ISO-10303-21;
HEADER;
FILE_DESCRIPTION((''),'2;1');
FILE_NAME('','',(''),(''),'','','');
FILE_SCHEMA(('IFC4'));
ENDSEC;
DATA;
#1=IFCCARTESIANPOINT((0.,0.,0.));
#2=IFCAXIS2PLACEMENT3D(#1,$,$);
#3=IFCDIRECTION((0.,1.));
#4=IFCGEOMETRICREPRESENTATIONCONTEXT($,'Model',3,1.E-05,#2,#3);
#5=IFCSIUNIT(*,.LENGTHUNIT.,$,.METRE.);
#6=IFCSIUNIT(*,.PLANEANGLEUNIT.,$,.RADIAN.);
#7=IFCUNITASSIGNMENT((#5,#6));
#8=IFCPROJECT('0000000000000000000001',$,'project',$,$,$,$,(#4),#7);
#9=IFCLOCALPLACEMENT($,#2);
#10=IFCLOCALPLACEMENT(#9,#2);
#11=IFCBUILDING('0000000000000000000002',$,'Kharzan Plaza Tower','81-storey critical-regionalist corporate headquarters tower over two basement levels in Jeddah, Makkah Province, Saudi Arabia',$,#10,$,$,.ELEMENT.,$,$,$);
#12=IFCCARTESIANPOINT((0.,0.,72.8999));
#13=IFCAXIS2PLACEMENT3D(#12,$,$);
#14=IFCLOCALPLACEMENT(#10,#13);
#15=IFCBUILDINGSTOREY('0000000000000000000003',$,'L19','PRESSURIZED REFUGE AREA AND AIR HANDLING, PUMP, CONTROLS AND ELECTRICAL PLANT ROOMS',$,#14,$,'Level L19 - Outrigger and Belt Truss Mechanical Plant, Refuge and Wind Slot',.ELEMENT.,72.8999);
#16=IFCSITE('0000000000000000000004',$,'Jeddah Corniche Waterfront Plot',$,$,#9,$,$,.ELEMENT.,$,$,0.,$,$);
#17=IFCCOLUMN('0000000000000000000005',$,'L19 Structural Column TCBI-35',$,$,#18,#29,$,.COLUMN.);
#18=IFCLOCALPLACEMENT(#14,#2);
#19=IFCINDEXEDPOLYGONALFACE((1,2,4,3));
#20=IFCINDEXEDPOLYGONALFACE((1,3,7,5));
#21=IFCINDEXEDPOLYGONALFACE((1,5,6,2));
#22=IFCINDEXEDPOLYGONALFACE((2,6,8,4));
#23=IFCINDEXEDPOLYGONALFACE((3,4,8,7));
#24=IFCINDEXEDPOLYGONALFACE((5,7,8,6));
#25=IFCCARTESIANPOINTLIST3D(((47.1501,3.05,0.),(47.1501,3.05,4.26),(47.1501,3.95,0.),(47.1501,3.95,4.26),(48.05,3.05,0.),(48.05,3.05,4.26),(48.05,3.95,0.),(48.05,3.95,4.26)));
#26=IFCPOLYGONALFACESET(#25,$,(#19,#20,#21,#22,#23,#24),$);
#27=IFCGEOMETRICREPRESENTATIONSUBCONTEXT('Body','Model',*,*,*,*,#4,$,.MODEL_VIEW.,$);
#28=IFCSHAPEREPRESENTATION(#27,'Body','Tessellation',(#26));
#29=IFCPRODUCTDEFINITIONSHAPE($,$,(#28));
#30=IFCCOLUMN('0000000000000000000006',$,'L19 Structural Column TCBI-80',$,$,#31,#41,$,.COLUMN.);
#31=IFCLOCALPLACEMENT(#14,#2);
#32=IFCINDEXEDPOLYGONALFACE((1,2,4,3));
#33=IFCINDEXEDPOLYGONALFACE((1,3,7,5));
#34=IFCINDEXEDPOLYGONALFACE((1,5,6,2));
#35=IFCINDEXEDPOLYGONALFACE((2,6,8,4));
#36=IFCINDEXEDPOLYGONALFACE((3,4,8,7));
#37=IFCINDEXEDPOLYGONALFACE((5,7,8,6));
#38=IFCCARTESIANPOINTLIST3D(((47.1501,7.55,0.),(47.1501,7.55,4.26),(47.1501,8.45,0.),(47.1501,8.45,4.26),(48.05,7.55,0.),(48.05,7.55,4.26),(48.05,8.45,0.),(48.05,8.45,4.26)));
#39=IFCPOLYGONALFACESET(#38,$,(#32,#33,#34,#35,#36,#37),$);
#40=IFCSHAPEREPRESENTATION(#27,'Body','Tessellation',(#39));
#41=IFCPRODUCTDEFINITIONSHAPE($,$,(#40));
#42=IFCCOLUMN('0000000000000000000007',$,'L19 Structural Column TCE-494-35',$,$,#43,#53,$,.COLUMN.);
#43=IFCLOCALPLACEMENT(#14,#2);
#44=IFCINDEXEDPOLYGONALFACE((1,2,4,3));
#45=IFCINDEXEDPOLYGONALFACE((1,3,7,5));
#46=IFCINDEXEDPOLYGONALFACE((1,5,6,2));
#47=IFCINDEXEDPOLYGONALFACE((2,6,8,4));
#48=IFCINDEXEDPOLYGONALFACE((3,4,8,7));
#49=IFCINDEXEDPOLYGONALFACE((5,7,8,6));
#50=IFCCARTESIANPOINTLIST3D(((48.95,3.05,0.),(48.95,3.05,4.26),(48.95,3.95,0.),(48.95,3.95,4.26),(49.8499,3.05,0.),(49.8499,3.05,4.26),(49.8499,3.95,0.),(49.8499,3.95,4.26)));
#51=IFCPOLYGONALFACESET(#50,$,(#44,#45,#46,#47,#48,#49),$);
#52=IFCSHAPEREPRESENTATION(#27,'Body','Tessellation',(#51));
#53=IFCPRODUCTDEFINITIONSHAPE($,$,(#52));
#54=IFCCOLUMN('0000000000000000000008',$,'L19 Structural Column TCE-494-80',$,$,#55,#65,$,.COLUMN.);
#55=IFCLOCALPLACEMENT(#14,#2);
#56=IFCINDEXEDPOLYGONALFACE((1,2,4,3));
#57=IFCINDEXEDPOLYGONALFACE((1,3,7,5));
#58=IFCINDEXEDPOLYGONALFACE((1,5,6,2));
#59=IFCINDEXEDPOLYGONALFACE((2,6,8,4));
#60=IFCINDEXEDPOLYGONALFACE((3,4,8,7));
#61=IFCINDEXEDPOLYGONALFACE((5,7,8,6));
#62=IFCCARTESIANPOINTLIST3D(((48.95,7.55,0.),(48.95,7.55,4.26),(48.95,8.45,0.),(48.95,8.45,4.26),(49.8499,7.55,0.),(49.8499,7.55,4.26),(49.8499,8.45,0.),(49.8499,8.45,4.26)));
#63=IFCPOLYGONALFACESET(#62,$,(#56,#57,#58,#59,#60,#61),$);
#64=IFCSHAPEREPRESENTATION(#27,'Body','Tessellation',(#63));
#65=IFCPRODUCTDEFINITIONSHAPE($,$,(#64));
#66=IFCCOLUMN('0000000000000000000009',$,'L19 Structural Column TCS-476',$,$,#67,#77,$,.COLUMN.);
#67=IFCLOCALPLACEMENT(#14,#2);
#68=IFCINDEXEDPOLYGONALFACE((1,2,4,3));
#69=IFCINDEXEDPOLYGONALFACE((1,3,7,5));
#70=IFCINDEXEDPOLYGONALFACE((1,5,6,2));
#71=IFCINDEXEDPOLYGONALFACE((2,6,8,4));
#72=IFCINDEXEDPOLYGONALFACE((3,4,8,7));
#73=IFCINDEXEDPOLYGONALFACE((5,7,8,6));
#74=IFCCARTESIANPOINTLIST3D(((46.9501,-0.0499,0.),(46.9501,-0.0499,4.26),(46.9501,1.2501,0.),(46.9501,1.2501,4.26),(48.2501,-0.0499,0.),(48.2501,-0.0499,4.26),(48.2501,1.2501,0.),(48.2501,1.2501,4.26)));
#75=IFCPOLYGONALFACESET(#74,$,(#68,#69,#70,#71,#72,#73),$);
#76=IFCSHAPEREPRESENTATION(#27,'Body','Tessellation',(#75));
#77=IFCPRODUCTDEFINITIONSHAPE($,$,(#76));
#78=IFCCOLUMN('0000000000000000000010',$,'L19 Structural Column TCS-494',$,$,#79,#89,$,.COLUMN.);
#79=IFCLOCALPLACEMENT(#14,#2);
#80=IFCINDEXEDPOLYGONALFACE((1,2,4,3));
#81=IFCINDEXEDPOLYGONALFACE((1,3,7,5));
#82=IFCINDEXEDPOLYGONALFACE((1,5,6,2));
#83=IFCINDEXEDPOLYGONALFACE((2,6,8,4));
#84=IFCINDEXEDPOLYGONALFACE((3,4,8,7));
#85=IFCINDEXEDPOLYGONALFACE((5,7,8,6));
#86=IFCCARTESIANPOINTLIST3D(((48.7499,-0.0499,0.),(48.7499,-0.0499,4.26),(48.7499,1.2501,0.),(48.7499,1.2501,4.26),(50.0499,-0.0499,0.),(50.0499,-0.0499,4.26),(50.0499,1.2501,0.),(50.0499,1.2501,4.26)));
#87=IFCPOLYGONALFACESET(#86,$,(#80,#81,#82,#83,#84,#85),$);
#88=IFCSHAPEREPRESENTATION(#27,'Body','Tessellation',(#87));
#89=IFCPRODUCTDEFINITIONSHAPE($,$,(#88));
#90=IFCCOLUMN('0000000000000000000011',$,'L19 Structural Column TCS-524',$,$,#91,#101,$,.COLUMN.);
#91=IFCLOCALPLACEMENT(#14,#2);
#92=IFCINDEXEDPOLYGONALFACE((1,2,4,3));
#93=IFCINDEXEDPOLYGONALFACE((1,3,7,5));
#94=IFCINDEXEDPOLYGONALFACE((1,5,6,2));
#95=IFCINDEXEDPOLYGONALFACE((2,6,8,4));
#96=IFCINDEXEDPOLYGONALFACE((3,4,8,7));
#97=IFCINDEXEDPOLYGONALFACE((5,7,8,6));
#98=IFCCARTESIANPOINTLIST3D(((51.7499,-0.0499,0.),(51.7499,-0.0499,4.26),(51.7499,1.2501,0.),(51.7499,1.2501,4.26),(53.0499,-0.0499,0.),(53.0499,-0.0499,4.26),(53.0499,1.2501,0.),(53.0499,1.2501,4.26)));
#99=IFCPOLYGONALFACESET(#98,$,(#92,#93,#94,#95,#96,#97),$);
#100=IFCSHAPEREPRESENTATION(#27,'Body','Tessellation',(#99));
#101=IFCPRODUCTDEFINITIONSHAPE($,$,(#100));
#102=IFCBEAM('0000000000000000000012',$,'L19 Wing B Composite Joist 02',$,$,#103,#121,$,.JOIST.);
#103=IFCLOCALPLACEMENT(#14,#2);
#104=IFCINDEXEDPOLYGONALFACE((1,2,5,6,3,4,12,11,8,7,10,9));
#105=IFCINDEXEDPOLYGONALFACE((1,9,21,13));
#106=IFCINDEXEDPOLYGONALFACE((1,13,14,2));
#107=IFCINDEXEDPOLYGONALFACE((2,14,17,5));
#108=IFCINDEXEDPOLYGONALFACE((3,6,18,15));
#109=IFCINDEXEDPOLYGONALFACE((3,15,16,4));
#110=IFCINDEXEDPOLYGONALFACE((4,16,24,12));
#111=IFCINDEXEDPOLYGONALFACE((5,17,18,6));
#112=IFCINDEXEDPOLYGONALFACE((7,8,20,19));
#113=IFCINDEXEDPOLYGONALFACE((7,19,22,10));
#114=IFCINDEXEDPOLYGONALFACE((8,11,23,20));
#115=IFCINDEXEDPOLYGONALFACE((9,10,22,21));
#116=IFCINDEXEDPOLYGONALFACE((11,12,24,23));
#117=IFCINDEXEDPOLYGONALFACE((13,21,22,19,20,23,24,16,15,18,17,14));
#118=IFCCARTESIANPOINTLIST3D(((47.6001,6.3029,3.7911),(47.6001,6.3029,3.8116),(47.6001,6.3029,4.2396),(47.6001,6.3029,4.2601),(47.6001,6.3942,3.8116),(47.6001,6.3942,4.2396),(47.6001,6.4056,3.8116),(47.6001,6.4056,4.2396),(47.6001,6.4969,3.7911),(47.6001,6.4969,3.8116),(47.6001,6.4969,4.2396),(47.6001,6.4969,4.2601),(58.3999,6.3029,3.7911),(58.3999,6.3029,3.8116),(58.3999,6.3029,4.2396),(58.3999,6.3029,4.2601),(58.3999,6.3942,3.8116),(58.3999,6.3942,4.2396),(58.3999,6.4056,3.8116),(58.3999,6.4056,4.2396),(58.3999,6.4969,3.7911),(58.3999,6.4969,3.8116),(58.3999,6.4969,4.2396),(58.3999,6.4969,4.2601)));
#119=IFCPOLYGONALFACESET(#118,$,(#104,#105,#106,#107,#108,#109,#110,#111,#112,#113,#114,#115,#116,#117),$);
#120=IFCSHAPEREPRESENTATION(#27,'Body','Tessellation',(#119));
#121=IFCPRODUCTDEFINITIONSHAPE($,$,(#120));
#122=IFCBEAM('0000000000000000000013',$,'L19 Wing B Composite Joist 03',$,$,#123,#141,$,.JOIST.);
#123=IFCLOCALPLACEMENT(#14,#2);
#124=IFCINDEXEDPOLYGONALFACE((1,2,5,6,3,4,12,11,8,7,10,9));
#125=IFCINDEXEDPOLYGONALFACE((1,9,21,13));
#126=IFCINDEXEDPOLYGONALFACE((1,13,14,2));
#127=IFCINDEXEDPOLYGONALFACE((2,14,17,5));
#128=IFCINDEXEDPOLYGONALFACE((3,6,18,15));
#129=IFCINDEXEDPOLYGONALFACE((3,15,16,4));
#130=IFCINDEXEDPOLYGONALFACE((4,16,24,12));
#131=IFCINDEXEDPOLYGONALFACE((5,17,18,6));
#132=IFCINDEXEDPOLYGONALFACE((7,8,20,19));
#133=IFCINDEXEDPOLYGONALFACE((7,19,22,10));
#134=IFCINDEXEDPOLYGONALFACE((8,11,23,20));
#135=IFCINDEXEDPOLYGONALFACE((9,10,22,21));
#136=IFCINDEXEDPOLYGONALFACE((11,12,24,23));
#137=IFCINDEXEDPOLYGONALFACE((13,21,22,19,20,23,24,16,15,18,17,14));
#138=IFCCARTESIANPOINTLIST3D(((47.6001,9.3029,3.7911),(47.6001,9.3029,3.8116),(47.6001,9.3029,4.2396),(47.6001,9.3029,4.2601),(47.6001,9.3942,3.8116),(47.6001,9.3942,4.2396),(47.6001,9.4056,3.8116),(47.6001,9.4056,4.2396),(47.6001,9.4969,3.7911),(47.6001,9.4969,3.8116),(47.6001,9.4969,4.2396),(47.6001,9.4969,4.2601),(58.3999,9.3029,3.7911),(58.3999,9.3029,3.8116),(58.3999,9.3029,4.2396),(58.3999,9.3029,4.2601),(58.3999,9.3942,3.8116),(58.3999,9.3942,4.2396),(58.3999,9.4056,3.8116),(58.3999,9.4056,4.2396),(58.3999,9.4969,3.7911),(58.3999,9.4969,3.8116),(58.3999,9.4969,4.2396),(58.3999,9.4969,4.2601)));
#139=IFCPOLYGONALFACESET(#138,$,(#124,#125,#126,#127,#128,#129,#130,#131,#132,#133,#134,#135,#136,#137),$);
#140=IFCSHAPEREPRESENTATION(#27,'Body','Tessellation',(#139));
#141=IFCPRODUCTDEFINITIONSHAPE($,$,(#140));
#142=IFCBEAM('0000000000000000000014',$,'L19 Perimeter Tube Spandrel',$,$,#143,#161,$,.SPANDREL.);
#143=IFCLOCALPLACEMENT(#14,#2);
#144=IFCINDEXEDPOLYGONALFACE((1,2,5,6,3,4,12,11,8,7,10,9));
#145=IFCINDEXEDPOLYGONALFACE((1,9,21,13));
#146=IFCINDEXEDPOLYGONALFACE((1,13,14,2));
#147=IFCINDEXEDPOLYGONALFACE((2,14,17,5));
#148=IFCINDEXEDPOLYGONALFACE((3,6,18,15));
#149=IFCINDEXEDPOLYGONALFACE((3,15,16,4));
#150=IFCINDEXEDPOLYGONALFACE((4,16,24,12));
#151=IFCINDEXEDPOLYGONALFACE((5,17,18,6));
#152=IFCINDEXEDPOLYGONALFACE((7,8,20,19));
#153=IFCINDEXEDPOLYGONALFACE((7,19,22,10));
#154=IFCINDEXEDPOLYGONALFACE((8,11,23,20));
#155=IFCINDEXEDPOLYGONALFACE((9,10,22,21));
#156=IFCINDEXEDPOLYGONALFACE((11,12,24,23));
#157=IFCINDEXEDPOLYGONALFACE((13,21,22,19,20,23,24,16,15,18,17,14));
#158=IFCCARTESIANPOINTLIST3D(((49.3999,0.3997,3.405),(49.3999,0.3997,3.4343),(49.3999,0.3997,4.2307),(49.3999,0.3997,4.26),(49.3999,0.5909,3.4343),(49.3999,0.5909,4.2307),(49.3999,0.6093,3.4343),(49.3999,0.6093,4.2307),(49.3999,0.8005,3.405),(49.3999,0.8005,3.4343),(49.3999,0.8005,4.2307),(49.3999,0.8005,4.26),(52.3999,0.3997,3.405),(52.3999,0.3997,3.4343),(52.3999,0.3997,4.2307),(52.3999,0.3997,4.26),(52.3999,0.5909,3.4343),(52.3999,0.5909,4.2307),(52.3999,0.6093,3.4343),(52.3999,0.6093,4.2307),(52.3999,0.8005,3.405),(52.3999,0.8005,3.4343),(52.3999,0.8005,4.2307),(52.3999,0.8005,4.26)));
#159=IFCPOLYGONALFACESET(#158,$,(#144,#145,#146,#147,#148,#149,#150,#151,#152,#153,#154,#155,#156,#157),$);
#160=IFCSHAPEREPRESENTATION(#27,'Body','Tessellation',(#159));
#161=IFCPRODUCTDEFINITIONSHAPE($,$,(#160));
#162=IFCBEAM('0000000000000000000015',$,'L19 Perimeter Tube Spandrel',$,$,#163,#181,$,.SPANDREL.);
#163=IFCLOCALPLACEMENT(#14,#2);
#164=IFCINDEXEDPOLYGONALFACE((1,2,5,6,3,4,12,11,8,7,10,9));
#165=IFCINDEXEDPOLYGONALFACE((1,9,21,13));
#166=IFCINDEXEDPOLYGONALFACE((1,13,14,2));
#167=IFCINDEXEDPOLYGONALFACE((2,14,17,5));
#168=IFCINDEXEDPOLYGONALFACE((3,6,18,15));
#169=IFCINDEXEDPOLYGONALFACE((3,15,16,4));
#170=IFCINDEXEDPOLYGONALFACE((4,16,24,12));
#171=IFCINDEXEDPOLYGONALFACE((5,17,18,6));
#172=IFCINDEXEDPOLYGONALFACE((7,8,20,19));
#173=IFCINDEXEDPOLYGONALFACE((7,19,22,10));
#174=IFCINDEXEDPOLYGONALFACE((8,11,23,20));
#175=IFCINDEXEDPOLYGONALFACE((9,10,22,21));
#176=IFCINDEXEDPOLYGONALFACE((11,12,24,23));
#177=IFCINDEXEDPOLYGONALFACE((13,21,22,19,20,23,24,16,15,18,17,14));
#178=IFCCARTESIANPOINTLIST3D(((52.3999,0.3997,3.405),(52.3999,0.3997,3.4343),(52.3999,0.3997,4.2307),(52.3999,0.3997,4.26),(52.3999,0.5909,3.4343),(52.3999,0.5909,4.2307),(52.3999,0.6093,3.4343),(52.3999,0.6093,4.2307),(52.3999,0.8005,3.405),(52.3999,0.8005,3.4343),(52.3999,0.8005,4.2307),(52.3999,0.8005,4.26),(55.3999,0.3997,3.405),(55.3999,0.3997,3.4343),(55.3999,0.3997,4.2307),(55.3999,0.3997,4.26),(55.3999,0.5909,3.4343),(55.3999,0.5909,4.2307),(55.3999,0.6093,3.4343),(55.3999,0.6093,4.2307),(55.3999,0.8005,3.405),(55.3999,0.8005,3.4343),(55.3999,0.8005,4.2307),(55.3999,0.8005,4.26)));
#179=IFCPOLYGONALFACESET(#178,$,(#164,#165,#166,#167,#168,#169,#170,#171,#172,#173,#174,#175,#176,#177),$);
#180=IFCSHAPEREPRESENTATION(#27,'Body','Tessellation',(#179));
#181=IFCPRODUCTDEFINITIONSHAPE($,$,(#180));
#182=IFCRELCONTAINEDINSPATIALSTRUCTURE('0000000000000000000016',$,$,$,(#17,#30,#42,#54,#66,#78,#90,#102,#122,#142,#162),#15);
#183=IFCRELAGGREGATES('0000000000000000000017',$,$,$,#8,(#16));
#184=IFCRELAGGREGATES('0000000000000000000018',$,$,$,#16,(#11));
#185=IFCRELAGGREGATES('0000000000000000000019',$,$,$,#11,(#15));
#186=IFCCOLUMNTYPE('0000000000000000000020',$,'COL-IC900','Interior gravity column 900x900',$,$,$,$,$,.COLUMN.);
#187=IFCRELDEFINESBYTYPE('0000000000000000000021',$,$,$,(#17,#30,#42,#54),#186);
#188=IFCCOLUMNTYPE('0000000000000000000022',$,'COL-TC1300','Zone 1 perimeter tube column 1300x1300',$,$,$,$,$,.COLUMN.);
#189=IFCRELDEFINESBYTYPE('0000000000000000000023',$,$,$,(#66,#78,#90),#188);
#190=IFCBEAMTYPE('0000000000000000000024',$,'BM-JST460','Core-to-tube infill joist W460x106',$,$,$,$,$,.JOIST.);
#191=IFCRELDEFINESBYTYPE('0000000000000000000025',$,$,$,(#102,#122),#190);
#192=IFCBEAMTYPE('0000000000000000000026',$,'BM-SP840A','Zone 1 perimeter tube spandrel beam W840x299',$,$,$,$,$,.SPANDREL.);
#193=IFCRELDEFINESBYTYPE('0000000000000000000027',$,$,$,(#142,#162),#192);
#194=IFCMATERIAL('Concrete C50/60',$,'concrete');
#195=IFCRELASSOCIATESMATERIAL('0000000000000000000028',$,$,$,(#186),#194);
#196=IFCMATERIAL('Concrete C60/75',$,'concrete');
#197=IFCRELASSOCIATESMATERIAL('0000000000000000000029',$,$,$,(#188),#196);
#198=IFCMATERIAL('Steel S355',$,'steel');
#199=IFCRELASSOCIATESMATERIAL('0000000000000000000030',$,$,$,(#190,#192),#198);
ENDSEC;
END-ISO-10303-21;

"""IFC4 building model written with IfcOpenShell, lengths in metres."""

from ifc_helpers import new_model, si_unit, direction, frame, origin, origin_2d, place, context, subcontext, project, spatial, rectangle, i_section, extrude, source, transform, mapped, material, material_profile, profile_set, type_object, element, save


model = new_model("IFC4")

# Units and contexts
model_context = context("Model", 3, precision=1e-05, world=origin(), true_north=direction((0.0, 1.0)))
body_context = subcontext(model_context, "Body", "Model", "MODEL_VIEW")
ifc_project = project(units=[si_unit("LENGTHUNIT", "METRE"), si_unit("PLANEANGLEUNIT", "RADIAN")], contexts=[model_context])

# Site, building, storey
site_placement = place(None, origin())
site = spatial("IfcSite", under=ifc_project, at=site_placement, Name="Jeddah Corniche Waterfront Plot", CompositionType="ELEMENT", RefElevation=0.0)
building_placement = place(site_placement, origin())
building = spatial("IfcBuilding", under=site, at=building_placement, Name="Kharzan Plaza Tower", Description="81-storey critical-regionalist corporate headquarters tower over two basement levels in Jeddah, Makkah Province, Saudi Arabia", CompositionType="ELEMENT")
storey_placement = place(building_placement, frame((0.0, 0.0, 72.8999)))
storey = spatial("IfcBuildingStorey", under=building, at=storey_placement, Name="L19", Description="PRESSURIZED REFUGE AREA AND AIR HANDLING, PUMP, CONTROLS AND ELECTRICAL PLANT ROOMS", LongName="Level L19 - Outrigger and Belt Truss Mechanical Plant, Refuge and Wind Slot", CompositionType="ELEMENT", Elevation=72.8999)

# Columns
ifc_material_1 = material(Name="Concrete C50/60", Category="concrete")
ifc_material_profile_1 = material_profile(ifc_material_1, rectangle(XDim=0.8999, YDim=0.8999, at=origin_2d()), Name="RC-IC900x900")
ifc_profile_set_1 = profile_set([ifc_material_profile_1], Name="Concrete C50/60")
column_type_1 = type_object("IfcColumnType", Name="COL-IC900", Description="Interior gravity column 900x900", PredefinedType="COLUMN", material=ifc_profile_set_1)
shared_shape_1 = source(origin(), body_context, "Body", "SweptSolid", [
    extrude(rectangle(XDim=0.8999, YDim=0.8999, at=origin_2d()), origin(), (0.0, 0.0, 1.0), 4.26),
])
for number, where, z_axis, x_axis, name in (
    (1, (47.6001, 3.5, 0.0), (0.0, 0.0, 1.0), (1.0, 0.0, 0.0), "L19 Structural Column TCBI-35"),
    (2, (47.6001, 8.0, 0.0), (0.0, 0.0, 1.0), (1.0, 0.0, 0.0), "L19 Structural Column TCBI-80"),
    (3, (49.3999, 3.5, 0.0), (0.0, 0.0, 1.0), (1.0, 0.0, 0.0), "L19 Structural Column TCE-494-35"),
    (4, (49.3999, 8.0, 0.0), (0.0, 0.0, 1.0), (1.0, 0.0, 0.0), "L19 Structural Column TCE-494-80"),
):
    element("IfcColumn", number, at=place(storey_placement, frame(where, z_axis=z_axis, x_axis=x_axis)), inside=storey, type_object=column_type_1, Name=name, PredefinedType="COLUMN", context=body_context, shape_type="MappedRepresentation", body=[
        mapped(shared_shape_1, transform((0.0, 0.0, 0.0), x_axis=(1.0, 0.0, 0.0), y_axis=(0.0, 1.0, 0.0), z_axis=(0.0, 0.0, 1.0))),
    ])
ifc_material_2 = material(Name="Concrete C60/75", Category="concrete")
ifc_material_profile_2 = material_profile(ifc_material_2, rectangle(XDim=1.3, YDim=1.3, at=origin_2d()), Name="RC-TC1300x1300")
ifc_profile_set_2 = profile_set([ifc_material_profile_2], Name="Concrete C60/75")
column_type_2 = type_object("IfcColumnType", Name="COL-TC1300", Description="Zone 1 perimeter tube column 1300x1300", PredefinedType="COLUMN", material=ifc_profile_set_2)
shared_shape_2 = source(origin(), body_context, "Body", "SweptSolid", [
    extrude(rectangle(XDim=1.3, YDim=1.3, at=origin_2d()), origin(), (0.0, 0.0, 1.0), 4.26),
])
for number, where, z_axis, x_axis, name in (
    (5, (47.6001, 0.6001, 0.0), (0.0, 0.0, 1.0), (1.0, 0.0, 0.0), "L19 Structural Column TCS-476"),
    (6, (49.3999, 0.6001, 0.0), (0.0, 0.0, 1.0), (1.0, 0.0, 0.0), "L19 Structural Column TCS-494"),
    (7, (52.3999, 0.6001, 0.0), (0.0, 0.0, 1.0), (1.0, 0.0, 0.0), "L19 Structural Column TCS-524"),
):
    element("IfcColumn", number, at=place(storey_placement, frame(where, z_axis=z_axis, x_axis=x_axis)), inside=storey, type_object=column_type_2, Name=name, PredefinedType="COLUMN", context=body_context, shape_type="MappedRepresentation", body=[
        mapped(shared_shape_2, transform((0.0, 0.0, 0.0), x_axis=(1.0, 0.0, 0.0), y_axis=(0.0, 1.0, 0.0), z_axis=(0.0, 0.0, 1.0))),
    ])

# Beams
ifc_material_3 = material(Name="Steel S355", Category="steel")
ifc_material_profile_3 = material_profile(ifc_material_3, i_section(OverallWidth=0.1941, OverallDepth=0.469, WebThickness=0.0115, FlangeThickness=0.0205, at=origin_2d()), Name="W460x106")
ifc_profile_set_3 = profile_set([ifc_material_profile_3], Name="Steel S355")
beam_type_1 = type_object("IfcBeamType", Name="BM-JST460", Description="Core-to-tube infill joist W460x106", PredefinedType="JOIST", material=ifc_profile_set_3)
shared_shape_3 = source(origin(), body_context, "Body", "SweptSolid", [
    extrude(i_section(OverallWidth=0.1941, OverallDepth=0.469, WebThickness=0.0115, FlangeThickness=0.0205, at=origin_2d()), origin(), (0.0, 0.0, 1.0), 10.7998),
])
for number, where, z_axis, x_axis, name in (
    (8, (47.6001, 6.3999, 4.0256), (1.0, 0.0, 0.0), (0.0, 1.0, 0.0), "L19 Wing B Composite Joist 02"),
    (9, (47.6001, 9.3999, 4.0256), (1.0, 0.0, 0.0), (0.0, 1.0, 0.0), "L19 Wing B Composite Joist 03"),
):
    element("IfcBeam", number, at=place(storey_placement, frame(where, z_axis=z_axis, x_axis=x_axis)), inside=storey, type_object=beam_type_1, Name=name, PredefinedType="JOIST", context=body_context, shape_type="MappedRepresentation", body=[
        mapped(shared_shape_3, transform((0.0, 0.0, 0.0), x_axis=(1.0, 0.0, 0.0), y_axis=(0.0, 1.0, 0.0), z_axis=(0.0, 0.0, 1.0))),
    ])
ifc_material_profile_4 = material_profile(ifc_material_3, i_section(OverallWidth=0.4009, OverallDepth=0.855, WebThickness=0.0183, FlangeThickness=0.0293, at=origin_2d()), Name="W840x299")
ifc_profile_set_4 = profile_set([ifc_material_profile_4], Name="Steel S355")
beam_type_2 = type_object("IfcBeamType", Name="BM-SP840A", Description="Zone 1 perimeter tube spandrel beam W840x299", PredefinedType="SPANDREL", material=ifc_profile_set_4)
shared_shape_4 = source(origin(), body_context, "Body", "SweptSolid", [
    extrude(i_section(OverallWidth=0.4009, OverallDepth=0.855, WebThickness=0.0183, FlangeThickness=0.0293, at=origin_2d()), origin(), (0.0, 0.0, 1.0), 3.0),
])
for number, where, z_axis, x_axis, name in (
    (10, (49.3999, 0.6001, 3.8325), (1.0, 0.0, 0.0), (0.0, 1.0, 0.0), "L19 Perimeter Tube Spandrel"),
    (11, (52.3999, 0.6001, 3.8325), (1.0, 0.0, 0.0), (0.0, 1.0, 0.0), "L19 Perimeter Tube Spandrel"),
):
    element("IfcBeam", number, at=place(storey_placement, frame(where, z_axis=z_axis, x_axis=x_axis)), inside=storey, type_object=beam_type_2, Name=name, PredefinedType="SPANDREL", context=body_context, shape_type="MappedRepresentation", body=[
        mapped(shared_shape_4, transform((0.0, 0.0, 0.0), x_axis=(1.0, 0.0, 0.0), y_axis=(0.0, 1.0, 0.0), z_axis=(0.0, 0.0, 1.0))),
    ])

save(model, "model.ifc")
